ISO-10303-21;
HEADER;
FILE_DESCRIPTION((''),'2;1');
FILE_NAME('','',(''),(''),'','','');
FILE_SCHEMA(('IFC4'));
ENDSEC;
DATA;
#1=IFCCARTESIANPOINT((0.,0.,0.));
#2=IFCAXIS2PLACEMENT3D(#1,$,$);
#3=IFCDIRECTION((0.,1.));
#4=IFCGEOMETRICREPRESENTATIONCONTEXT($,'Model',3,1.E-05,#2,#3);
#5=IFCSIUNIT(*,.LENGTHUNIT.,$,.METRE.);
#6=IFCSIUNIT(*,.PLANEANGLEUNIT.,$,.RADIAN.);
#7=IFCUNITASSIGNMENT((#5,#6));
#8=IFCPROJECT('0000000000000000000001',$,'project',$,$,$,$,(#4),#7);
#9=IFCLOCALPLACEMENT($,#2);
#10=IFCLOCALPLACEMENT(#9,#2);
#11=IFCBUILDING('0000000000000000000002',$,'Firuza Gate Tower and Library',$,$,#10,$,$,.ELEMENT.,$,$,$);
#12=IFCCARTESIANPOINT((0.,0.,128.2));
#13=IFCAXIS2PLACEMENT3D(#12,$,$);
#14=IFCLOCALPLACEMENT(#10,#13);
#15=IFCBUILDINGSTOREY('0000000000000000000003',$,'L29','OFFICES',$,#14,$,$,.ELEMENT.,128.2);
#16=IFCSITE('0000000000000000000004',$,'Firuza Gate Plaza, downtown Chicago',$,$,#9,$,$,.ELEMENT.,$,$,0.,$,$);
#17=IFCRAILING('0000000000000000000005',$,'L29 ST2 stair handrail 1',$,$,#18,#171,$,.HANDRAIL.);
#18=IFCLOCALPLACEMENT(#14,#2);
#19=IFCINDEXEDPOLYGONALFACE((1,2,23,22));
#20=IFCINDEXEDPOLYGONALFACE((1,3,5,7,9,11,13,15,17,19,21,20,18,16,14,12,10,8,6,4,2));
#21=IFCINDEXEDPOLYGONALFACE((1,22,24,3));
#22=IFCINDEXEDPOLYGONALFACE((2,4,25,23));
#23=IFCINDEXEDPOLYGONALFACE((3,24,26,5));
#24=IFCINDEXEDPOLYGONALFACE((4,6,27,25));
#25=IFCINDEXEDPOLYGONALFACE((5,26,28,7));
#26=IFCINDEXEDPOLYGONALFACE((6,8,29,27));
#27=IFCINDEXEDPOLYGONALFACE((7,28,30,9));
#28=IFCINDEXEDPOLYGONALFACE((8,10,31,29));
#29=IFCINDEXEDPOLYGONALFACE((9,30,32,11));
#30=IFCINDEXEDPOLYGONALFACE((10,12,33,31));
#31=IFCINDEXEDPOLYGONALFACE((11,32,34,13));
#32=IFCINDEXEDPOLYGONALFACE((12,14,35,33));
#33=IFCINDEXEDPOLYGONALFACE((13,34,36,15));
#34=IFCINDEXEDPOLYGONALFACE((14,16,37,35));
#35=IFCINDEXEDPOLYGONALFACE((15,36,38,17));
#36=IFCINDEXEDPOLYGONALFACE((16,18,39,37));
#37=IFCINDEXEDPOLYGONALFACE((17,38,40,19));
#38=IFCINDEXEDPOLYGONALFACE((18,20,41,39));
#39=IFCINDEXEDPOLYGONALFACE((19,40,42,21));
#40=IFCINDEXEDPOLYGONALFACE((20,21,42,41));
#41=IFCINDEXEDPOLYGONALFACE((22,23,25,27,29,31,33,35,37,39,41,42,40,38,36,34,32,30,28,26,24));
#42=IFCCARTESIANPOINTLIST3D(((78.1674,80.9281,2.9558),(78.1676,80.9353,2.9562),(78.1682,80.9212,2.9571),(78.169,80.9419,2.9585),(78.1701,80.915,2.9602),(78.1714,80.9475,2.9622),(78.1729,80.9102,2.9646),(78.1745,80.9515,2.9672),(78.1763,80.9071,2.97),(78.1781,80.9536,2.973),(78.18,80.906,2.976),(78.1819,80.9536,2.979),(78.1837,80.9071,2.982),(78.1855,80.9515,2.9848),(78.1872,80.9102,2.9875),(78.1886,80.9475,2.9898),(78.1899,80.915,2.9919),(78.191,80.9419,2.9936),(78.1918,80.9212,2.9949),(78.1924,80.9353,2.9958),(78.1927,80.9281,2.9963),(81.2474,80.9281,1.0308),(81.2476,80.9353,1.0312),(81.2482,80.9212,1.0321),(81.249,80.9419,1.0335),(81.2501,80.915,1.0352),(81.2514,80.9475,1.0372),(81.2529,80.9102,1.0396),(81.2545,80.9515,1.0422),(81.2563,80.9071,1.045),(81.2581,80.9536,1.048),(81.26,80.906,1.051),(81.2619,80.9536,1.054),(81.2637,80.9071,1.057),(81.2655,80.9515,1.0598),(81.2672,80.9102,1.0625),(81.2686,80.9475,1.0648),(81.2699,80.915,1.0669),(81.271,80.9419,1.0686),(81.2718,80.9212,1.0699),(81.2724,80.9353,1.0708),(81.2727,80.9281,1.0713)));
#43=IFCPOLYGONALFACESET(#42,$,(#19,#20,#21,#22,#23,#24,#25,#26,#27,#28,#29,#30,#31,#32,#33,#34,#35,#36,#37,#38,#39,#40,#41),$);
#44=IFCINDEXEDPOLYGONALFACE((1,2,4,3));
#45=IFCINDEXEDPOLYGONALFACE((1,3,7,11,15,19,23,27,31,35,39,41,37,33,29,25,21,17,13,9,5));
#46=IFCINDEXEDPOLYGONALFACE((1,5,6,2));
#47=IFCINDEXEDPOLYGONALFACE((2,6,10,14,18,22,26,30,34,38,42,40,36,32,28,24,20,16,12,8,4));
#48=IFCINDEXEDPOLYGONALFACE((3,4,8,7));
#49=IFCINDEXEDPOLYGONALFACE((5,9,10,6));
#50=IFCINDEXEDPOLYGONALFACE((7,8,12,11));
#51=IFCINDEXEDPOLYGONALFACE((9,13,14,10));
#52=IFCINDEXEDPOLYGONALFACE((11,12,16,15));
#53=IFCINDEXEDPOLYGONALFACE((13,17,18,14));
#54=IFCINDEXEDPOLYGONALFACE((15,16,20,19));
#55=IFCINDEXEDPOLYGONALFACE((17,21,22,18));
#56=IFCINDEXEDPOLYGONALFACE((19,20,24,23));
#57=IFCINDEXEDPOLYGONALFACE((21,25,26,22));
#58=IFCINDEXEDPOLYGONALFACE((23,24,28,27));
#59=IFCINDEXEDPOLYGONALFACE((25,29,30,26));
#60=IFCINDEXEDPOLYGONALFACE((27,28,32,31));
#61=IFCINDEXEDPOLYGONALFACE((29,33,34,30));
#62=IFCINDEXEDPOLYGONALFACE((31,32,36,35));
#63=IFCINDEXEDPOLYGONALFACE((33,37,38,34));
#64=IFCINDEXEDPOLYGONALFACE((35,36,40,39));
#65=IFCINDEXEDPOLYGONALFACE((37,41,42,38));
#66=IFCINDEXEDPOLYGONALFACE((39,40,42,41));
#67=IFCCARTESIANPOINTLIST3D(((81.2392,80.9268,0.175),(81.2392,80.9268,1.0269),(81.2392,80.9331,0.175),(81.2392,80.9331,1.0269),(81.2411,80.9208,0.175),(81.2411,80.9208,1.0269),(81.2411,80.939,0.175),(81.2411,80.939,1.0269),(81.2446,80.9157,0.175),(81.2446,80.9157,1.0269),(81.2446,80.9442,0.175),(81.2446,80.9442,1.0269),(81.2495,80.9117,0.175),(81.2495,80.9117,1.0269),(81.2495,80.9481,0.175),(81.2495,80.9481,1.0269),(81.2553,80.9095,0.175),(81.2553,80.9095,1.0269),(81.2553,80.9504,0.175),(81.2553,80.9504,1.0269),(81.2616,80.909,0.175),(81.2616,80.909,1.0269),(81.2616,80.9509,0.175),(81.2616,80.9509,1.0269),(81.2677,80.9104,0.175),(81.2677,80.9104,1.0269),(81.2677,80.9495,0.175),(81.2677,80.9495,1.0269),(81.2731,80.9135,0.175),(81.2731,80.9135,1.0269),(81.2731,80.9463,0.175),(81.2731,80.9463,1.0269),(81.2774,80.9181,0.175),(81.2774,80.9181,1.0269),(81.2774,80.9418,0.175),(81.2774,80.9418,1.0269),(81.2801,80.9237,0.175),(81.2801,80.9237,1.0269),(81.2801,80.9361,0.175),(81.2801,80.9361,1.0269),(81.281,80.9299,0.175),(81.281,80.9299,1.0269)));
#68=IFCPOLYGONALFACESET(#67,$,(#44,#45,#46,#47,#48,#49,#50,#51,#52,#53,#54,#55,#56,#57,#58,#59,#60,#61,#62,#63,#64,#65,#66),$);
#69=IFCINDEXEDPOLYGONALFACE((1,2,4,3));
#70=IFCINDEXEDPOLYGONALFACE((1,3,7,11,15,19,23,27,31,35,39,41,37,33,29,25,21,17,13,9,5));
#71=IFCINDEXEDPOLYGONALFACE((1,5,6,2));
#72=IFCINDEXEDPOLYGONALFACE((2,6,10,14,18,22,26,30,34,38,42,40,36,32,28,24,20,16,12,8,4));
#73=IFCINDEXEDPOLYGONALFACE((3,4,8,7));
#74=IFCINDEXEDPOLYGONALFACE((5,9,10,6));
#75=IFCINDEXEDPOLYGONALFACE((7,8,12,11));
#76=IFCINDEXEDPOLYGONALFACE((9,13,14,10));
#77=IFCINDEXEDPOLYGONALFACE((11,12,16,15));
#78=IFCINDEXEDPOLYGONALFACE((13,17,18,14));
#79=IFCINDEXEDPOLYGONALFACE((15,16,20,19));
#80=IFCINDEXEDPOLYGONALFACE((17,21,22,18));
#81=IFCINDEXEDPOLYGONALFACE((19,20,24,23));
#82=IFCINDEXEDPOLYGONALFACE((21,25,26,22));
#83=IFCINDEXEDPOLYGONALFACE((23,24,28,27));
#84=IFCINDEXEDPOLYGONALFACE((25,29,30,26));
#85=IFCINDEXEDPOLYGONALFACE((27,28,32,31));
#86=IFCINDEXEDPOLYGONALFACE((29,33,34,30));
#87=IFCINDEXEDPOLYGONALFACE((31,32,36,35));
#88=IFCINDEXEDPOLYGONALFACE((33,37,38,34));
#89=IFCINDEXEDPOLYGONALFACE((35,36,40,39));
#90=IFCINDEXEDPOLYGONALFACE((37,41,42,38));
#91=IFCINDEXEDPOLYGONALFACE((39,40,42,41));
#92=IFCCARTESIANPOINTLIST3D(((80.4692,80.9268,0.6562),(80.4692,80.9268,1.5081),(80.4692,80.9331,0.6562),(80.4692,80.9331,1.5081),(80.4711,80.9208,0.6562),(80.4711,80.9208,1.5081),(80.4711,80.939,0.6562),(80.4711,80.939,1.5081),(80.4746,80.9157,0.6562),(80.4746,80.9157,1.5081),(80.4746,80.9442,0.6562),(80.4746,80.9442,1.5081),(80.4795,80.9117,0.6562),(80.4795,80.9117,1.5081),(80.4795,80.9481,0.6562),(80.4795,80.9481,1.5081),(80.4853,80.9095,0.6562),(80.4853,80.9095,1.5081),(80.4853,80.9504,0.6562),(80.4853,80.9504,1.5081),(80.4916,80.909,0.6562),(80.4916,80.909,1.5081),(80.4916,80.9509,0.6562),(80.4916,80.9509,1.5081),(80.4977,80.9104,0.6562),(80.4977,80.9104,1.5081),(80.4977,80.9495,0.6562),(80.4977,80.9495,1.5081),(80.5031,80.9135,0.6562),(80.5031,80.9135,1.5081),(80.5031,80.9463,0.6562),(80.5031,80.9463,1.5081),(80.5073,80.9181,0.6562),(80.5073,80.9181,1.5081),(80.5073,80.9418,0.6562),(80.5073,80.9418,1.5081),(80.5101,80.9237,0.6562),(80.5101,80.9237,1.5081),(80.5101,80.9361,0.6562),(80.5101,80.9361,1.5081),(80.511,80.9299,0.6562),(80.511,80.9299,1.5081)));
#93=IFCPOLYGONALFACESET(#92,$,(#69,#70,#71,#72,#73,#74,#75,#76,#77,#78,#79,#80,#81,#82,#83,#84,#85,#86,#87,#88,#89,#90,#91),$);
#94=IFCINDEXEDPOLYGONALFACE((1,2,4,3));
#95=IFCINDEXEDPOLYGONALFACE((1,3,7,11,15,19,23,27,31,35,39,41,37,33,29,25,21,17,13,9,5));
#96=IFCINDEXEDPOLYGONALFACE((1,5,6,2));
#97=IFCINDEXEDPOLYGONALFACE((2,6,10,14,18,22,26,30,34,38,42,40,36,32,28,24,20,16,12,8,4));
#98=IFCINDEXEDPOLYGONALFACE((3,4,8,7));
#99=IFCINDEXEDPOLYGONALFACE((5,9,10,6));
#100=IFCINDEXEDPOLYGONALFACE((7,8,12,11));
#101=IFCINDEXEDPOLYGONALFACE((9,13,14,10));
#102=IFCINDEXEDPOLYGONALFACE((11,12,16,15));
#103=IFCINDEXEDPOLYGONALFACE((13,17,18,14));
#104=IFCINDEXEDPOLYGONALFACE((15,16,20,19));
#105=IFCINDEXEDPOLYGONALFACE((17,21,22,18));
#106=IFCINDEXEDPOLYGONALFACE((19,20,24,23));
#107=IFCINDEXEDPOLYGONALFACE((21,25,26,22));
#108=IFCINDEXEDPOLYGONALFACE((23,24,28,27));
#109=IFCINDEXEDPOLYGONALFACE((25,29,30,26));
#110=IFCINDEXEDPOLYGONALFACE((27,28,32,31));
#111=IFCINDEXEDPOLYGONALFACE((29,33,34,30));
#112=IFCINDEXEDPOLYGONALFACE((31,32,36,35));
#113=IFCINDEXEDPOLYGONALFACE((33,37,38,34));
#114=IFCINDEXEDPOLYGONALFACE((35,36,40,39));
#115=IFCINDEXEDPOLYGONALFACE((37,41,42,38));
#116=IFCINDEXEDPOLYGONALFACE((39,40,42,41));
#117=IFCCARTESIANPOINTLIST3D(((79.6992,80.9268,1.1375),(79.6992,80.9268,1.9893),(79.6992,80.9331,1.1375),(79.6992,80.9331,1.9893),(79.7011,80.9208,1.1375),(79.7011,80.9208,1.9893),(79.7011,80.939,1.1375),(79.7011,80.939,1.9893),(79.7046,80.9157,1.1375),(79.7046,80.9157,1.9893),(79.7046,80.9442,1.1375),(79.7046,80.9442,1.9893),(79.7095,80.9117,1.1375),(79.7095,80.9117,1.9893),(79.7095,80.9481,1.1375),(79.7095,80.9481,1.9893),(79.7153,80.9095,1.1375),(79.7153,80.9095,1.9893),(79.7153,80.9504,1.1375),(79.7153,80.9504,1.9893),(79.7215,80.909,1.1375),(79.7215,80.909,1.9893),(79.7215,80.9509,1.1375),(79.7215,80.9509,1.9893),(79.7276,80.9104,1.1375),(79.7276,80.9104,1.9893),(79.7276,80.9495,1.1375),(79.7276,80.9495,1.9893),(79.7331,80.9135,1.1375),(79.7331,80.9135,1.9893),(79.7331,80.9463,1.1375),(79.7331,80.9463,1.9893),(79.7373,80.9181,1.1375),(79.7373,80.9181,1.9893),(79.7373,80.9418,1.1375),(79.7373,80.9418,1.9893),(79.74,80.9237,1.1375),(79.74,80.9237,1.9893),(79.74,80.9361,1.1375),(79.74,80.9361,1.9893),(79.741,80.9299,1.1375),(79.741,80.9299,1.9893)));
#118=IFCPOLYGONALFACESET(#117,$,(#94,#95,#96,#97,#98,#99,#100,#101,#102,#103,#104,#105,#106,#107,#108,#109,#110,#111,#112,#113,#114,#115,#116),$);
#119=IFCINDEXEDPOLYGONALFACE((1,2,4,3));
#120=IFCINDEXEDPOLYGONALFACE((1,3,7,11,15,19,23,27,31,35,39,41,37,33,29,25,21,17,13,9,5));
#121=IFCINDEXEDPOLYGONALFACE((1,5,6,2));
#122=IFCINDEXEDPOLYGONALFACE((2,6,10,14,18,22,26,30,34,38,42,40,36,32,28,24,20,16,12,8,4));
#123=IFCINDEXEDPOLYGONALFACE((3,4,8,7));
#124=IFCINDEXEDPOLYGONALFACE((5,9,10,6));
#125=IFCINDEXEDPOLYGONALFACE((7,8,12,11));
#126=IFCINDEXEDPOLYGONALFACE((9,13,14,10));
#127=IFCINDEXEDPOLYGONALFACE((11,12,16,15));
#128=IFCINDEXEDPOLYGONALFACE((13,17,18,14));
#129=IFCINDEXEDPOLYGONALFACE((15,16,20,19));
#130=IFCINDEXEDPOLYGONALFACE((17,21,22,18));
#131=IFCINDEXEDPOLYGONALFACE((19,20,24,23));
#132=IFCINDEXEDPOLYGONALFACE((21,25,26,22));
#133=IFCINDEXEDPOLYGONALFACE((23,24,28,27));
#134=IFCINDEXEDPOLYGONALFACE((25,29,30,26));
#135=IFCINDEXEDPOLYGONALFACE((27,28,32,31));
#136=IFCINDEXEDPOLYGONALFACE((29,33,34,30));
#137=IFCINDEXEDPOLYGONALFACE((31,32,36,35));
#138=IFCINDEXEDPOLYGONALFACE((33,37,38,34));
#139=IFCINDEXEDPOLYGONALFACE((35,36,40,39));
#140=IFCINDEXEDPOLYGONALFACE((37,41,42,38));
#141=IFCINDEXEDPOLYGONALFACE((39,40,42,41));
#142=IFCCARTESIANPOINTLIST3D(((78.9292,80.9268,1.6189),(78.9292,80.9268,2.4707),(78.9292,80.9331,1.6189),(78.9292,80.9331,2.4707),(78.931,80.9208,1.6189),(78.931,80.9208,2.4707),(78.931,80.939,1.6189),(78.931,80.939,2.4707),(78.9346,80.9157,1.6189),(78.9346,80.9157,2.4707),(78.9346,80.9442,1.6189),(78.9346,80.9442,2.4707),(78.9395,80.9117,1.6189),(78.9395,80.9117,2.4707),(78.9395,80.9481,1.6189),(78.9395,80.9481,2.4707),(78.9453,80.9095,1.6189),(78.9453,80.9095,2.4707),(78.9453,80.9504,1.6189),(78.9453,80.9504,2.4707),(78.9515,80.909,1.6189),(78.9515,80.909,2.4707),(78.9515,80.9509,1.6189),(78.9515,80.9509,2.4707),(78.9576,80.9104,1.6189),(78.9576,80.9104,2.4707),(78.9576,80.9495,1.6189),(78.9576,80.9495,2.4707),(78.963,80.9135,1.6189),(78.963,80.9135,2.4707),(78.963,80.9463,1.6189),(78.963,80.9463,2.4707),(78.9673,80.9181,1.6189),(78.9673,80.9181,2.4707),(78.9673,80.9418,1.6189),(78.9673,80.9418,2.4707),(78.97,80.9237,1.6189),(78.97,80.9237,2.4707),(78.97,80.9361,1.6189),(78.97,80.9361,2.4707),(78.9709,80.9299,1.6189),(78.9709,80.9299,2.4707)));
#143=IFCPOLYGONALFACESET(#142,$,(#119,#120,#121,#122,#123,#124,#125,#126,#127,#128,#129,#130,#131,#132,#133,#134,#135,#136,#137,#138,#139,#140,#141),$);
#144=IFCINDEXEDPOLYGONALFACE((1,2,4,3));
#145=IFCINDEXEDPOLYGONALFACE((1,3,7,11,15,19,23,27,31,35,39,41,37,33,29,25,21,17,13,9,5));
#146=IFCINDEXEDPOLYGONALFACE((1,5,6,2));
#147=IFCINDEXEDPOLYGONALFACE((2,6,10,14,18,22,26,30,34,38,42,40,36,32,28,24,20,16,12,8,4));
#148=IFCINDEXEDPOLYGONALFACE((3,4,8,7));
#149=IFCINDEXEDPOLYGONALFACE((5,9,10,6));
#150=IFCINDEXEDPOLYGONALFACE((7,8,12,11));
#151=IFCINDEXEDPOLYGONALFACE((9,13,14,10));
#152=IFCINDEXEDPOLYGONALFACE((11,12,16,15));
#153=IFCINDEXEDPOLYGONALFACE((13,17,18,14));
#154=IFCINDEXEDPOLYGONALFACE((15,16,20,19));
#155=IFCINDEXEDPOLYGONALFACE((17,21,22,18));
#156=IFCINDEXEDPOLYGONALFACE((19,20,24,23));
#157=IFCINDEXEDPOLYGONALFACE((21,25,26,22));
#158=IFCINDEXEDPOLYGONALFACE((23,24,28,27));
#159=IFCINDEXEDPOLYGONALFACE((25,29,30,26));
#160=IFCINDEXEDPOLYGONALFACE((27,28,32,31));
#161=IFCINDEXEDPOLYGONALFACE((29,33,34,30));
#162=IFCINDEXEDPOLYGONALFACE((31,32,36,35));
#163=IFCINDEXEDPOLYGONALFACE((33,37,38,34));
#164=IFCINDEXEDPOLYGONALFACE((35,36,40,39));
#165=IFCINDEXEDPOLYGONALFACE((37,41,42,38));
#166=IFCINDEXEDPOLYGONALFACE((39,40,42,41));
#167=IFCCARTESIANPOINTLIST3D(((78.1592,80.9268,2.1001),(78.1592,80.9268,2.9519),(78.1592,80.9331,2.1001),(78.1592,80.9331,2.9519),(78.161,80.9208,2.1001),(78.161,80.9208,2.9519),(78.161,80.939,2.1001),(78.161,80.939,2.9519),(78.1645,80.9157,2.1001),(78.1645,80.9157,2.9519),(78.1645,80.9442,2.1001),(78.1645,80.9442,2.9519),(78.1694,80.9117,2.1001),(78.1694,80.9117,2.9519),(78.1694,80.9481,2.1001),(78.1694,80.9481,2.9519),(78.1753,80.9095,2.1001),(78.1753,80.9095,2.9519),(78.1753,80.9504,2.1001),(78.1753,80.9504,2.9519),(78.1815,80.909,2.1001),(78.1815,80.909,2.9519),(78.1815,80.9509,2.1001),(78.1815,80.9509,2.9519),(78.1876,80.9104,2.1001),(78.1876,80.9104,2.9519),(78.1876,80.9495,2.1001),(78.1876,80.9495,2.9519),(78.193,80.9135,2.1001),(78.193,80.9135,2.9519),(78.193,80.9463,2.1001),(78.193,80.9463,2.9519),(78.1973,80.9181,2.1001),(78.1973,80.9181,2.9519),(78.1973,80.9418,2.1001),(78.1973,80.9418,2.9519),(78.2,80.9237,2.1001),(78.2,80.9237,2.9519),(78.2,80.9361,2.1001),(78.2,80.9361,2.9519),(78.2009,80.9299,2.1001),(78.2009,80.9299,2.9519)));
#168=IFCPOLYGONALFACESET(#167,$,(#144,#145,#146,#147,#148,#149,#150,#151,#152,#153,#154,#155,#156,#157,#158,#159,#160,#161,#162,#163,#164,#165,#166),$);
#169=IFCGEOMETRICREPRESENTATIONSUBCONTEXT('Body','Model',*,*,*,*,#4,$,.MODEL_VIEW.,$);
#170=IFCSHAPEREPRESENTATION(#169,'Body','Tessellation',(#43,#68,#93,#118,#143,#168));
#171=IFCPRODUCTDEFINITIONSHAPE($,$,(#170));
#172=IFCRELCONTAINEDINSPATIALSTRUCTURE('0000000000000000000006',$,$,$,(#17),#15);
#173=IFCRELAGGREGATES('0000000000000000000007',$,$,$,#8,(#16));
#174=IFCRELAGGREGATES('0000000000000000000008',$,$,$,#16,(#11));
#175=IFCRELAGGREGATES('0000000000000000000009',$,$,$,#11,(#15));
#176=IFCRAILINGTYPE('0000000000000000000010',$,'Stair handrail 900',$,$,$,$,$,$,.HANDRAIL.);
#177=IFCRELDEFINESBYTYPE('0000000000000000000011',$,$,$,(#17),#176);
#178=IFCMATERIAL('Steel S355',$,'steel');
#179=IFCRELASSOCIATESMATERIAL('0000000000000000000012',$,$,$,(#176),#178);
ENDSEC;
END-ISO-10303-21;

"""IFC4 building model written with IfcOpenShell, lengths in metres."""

from ifc_helpers import new_model, si_unit, direction, frame, origin, origin_2d, place, context, subcontext, project, spatial, circle, extrude, material, type_object, element, save


model = new_model("IFC4")

# Units and contexts
model_context = context("Model", 3, precision=1e-05, world=origin(), true_north=direction((0.0, 1.0)))
body_context = subcontext(model_context, "Body", "Model", "MODEL_VIEW")
ifc_project = project(units=[si_unit("LENGTHUNIT", "METRE"), si_unit("PLANEANGLEUNIT", "RADIAN")], contexts=[model_context])

# Site, building, storey
site_placement = place(None, origin())
site = spatial("IfcSite", under=ifc_project, at=site_placement, Name="Firuza Gate Plaza, downtown Chicago", CompositionType="ELEMENT", RefElevation=0.0)
building_placement = place(site_placement, origin())
building = spatial("IfcBuilding", under=site, at=building_placement, Name="Firuza Gate Tower and Library", CompositionType="ELEMENT")
storey_placement = place(building_placement, frame((0.0, 0.0, 128.2)))
storey = spatial("IfcBuildingStorey", under=building, at=storey_placement, Name="L29", Description="OFFICES", CompositionType="ELEMENT", Elevation=128.2)

# Railing
ifc_material_1 = material(Name="Steel S355", Category="steel")
railing_type_1 = type_object("IfcRailingType", Name="Stair handrail 900", PredefinedType="HANDRAIL", material=ifc_material_1)
railing_1_placement = place(storey_placement, frame((81.26, 80.9299, 0.175)))
element("IfcRailing", 1, at=railing_1_placement, inside=storey, type_object=railing_type_1, Name="L29 ST2 stair handrail 1", PredefinedType="HANDRAIL", context=body_context, shape_type="SweptSolid", body=[
    extrude(circle(Radius=0.0239, at=origin_2d()), frame((0.0, 0.0, 0.876), z_axis=(-0.847998, 0.0, 0.529999), x_axis=(0.0, -1.0, 0.0)), (0.0, 0.0, 1.0), 3.6321),
    extrude(circle(Radius=0.021, at=origin_2d()), origin(), (0.0, 0.0, 1.0), 0.8518),
    extrude(circle(Radius=0.021, at=origin_2d()), frame((-0.77, 0.0, 0.4812)), (0.0, 0.0, 1.0), 0.8518),
    extrude(circle(Radius=0.021, at=origin_2d()), frame((-1.54, 0.0, 0.9624)), (0.0, 0.0, 1.0), 0.8518),
    extrude(circle(Radius=0.021, at=origin_2d()), frame((-2.3101, 0.0, 1.4438)), (0.0, 0.0, 1.0), 0.8518),
    extrude(circle(Radius=0.021, at=origin_2d()), frame((-3.0801, 0.0, 1.925)), (0.0, 0.0, 1.0), 0.8518),
])

save(model, "model.ifc")
